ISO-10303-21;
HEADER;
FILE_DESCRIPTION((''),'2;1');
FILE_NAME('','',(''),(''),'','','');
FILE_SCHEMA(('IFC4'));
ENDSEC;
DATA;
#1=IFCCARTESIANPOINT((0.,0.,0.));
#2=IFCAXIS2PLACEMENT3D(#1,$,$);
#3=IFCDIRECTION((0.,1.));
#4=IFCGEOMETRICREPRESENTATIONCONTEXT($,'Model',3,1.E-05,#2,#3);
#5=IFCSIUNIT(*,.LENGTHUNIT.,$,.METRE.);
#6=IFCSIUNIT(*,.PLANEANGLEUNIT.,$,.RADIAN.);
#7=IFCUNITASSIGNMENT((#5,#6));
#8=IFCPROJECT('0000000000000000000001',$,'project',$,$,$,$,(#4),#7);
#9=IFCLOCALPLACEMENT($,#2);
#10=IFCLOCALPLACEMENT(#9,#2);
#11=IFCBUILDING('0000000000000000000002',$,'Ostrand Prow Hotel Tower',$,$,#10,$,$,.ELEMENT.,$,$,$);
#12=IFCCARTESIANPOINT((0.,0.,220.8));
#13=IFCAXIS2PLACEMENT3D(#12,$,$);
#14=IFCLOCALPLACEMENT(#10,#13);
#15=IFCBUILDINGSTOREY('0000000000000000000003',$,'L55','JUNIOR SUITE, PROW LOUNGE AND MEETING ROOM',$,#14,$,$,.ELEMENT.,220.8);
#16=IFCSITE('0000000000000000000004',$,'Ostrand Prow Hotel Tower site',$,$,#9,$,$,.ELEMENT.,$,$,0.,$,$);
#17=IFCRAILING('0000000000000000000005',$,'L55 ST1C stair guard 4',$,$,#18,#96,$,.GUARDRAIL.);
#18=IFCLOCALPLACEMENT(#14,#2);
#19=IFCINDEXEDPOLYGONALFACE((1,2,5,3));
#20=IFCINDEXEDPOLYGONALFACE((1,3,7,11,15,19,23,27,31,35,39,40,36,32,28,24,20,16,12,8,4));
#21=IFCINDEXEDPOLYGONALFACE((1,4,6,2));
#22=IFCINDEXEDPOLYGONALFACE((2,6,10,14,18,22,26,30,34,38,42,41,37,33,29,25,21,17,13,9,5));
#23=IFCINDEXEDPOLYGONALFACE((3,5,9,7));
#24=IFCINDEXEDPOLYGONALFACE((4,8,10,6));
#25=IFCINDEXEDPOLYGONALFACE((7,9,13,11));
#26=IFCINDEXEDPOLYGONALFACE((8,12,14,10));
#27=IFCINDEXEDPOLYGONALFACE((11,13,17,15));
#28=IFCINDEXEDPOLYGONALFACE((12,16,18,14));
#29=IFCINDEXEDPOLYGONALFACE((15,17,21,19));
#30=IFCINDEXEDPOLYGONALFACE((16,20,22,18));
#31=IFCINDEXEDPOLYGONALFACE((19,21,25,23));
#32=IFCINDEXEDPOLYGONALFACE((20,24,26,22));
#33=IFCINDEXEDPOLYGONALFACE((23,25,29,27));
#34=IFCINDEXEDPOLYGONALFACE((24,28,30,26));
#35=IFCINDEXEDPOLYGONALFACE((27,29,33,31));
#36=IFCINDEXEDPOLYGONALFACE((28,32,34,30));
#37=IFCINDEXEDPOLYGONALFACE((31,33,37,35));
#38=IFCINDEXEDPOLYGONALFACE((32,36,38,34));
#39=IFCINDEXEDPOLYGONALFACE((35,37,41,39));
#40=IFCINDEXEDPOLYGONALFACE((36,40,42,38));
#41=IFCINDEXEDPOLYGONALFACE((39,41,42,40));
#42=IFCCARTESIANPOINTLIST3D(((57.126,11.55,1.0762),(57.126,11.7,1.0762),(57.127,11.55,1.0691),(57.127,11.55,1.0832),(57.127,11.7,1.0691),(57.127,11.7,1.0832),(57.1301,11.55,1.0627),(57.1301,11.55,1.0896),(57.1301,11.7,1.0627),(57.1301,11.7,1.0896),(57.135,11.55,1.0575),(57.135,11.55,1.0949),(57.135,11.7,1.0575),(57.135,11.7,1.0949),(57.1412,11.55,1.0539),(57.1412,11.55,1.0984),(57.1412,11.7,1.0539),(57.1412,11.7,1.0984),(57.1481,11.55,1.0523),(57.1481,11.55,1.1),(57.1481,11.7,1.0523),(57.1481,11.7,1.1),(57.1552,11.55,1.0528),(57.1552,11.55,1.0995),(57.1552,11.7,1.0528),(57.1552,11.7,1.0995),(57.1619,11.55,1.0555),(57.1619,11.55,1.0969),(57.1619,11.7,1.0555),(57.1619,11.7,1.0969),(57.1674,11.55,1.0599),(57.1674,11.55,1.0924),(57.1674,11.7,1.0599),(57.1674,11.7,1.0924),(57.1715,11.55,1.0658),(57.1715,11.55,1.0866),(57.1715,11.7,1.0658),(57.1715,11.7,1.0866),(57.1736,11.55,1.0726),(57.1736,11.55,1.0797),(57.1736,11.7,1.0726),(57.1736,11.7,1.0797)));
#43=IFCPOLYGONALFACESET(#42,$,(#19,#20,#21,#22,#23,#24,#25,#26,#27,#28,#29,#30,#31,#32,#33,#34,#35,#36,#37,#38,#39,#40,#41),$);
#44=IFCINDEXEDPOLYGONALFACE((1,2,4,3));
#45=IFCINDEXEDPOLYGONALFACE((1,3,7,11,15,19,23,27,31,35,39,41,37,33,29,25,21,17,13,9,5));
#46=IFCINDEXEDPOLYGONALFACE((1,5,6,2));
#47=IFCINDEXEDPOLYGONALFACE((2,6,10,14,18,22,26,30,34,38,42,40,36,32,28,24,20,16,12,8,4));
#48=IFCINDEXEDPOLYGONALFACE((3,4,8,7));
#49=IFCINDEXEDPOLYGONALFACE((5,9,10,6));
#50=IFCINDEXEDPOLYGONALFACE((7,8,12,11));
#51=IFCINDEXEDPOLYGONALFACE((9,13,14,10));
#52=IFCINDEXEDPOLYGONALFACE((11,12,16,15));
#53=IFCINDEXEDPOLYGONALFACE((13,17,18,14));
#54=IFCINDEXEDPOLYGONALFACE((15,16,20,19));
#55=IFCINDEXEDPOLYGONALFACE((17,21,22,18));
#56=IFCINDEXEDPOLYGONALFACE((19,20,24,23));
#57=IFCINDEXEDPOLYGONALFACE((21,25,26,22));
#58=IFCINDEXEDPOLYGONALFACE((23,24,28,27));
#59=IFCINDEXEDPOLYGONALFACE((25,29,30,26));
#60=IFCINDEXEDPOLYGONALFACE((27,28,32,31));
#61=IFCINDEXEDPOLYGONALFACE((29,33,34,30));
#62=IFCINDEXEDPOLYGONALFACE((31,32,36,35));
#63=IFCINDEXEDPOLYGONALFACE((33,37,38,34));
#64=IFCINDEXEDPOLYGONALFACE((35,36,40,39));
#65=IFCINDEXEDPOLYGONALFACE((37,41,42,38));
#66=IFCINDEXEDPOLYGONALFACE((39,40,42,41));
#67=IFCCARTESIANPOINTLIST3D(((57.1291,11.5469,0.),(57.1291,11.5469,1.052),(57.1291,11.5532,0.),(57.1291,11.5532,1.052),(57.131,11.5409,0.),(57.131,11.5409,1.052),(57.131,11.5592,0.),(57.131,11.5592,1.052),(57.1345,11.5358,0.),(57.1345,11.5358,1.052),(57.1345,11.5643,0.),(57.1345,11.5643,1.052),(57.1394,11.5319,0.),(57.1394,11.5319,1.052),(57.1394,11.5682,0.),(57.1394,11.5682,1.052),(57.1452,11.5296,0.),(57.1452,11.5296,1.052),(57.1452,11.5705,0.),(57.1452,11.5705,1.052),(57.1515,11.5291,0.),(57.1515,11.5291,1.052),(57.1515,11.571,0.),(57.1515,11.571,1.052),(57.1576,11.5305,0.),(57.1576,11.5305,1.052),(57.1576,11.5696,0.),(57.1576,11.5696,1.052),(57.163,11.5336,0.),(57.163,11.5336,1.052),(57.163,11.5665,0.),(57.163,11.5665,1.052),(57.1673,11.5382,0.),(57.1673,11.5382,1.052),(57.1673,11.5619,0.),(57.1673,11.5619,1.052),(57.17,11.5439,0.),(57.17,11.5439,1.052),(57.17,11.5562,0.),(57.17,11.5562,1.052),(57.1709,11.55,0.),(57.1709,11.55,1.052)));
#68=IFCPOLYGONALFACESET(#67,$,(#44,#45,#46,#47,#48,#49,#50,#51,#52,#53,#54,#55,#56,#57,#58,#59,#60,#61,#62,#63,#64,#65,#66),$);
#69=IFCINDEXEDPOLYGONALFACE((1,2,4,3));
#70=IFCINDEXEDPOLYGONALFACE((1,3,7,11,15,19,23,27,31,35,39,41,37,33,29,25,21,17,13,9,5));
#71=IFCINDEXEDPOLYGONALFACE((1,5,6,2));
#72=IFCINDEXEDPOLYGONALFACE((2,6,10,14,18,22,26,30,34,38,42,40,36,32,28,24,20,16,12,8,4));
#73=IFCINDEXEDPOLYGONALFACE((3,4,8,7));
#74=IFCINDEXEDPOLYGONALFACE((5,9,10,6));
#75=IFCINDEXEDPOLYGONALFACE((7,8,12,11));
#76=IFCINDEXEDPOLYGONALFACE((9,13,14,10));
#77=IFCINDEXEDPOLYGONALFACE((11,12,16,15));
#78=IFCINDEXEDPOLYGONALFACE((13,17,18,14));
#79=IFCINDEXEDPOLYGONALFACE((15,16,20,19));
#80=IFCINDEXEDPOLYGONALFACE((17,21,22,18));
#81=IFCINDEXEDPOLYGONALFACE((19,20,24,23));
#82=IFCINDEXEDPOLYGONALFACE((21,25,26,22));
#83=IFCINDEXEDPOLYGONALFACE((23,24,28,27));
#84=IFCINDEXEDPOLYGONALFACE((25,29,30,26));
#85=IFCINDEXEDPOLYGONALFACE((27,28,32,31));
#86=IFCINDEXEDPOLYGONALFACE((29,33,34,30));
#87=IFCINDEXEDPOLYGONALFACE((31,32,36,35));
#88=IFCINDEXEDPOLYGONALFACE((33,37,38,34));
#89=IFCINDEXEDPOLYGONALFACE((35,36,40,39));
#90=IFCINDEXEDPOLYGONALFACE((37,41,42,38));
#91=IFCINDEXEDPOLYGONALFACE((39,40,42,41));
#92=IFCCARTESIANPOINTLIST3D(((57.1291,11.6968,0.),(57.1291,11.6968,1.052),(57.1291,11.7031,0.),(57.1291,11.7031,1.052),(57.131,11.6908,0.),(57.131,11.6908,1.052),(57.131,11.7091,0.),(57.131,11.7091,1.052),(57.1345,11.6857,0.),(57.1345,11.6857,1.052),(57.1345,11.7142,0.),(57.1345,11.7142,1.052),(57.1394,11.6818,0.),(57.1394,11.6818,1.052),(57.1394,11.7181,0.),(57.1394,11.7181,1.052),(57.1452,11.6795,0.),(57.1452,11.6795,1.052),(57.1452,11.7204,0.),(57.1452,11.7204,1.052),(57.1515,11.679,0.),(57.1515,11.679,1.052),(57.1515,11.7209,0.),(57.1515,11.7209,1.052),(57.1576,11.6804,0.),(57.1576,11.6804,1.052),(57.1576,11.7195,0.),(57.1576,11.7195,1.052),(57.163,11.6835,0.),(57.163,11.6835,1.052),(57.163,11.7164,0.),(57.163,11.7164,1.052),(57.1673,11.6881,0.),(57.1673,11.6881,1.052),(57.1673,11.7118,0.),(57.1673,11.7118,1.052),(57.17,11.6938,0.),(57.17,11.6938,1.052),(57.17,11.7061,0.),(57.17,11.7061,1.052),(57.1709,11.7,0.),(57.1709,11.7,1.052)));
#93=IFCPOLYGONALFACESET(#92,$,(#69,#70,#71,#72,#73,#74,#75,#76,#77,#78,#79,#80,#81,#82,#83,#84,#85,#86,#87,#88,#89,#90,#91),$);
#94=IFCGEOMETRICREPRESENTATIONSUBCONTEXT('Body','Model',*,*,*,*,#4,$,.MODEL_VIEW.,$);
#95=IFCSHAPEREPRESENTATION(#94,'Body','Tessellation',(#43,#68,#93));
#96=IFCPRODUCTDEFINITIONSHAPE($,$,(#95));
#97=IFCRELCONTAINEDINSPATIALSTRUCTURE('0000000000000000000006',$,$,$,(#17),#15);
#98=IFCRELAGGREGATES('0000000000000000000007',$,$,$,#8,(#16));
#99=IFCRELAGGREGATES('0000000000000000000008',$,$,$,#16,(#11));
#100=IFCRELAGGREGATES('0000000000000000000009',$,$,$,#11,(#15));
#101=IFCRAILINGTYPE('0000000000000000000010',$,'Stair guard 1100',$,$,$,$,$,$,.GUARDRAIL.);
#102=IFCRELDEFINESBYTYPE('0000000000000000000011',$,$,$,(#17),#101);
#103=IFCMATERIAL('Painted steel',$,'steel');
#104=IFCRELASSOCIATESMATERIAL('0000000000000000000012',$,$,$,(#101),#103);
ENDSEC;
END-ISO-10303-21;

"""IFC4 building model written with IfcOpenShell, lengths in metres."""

from ifc_helpers import new_model, si_unit, direction, frame, origin, origin_2d, place, context, subcontext, project, spatial, circle, extrude, material, type_object, element, save


model = new_model("IFC4")

# Units and contexts
model_context = context("Model", 3, precision=1e-05, world=origin(), true_north=direction((0.0, 1.0)))
body_context = subcontext(model_context, "Body", "Model", "MODEL_VIEW")
ifc_project = project(units=[si_unit("LENGTHUNIT", "METRE"), si_unit("PLANEANGLEUNIT", "RADIAN")], contexts=[model_context])

# Site, building, storey
site_placement = place(None, origin())
site = spatial("IfcSite", under=ifc_project, at=site_placement, Name="Ostrand Prow Hotel Tower site", CompositionType="ELEMENT", RefElevation=0.0)
building_placement = place(site_placement, origin())
building = spatial("IfcBuilding", under=site, at=building_placement, Name="Ostrand Prow Hotel Tower", CompositionType="ELEMENT")
storey_placement = place(building_placement, frame((0.0, 0.0, 220.8)))
storey = spatial("IfcBuildingStorey", under=building, at=storey_placement, Name="L55", Description="JUNIOR SUITE, PROW LOUNGE AND MEETING ROOM", CompositionType="ELEMENT", Elevation=220.8)

# Railing
ifc_material_1 = material(Name="Painted steel", Category="steel")
railing_type_1 = type_object("IfcRailingType", Name="Stair guard 1100", PredefinedType="GUARDRAIL", material=ifc_material_1)
railing_1_placement = place(storey_placement, frame((57.1499, 11.55, 0.0)))
element("IfcRailing", 1, at=railing_1_placement, inside=storey, type_object=railing_type_1, Name="L55 ST1C stair guard 4", PredefinedType="GUARDRAIL", context=body_context, shape_type="SweptSolid", body=[
    extrude(circle(Radius=0.0239, at=origin_2d()), frame((0.0, 0.0, 1.0762), z_axis=(0.0, 1.0, 0.0), x_axis=(-1.0, 0.0, 0.0)), (0.0, 0.0, 1.0), 0.1499),
    extrude(circle(Radius=0.021, at=origin_2d()), origin(), (0.0, 0.0, 1.0), 1.052),
    extrude(circle(Radius=0.021, at=origin_2d()), frame((0.0, 0.1499, 0.0)), (0.0, 0.0, 1.0), 1.052),
])

save(model, "model.ifc")
